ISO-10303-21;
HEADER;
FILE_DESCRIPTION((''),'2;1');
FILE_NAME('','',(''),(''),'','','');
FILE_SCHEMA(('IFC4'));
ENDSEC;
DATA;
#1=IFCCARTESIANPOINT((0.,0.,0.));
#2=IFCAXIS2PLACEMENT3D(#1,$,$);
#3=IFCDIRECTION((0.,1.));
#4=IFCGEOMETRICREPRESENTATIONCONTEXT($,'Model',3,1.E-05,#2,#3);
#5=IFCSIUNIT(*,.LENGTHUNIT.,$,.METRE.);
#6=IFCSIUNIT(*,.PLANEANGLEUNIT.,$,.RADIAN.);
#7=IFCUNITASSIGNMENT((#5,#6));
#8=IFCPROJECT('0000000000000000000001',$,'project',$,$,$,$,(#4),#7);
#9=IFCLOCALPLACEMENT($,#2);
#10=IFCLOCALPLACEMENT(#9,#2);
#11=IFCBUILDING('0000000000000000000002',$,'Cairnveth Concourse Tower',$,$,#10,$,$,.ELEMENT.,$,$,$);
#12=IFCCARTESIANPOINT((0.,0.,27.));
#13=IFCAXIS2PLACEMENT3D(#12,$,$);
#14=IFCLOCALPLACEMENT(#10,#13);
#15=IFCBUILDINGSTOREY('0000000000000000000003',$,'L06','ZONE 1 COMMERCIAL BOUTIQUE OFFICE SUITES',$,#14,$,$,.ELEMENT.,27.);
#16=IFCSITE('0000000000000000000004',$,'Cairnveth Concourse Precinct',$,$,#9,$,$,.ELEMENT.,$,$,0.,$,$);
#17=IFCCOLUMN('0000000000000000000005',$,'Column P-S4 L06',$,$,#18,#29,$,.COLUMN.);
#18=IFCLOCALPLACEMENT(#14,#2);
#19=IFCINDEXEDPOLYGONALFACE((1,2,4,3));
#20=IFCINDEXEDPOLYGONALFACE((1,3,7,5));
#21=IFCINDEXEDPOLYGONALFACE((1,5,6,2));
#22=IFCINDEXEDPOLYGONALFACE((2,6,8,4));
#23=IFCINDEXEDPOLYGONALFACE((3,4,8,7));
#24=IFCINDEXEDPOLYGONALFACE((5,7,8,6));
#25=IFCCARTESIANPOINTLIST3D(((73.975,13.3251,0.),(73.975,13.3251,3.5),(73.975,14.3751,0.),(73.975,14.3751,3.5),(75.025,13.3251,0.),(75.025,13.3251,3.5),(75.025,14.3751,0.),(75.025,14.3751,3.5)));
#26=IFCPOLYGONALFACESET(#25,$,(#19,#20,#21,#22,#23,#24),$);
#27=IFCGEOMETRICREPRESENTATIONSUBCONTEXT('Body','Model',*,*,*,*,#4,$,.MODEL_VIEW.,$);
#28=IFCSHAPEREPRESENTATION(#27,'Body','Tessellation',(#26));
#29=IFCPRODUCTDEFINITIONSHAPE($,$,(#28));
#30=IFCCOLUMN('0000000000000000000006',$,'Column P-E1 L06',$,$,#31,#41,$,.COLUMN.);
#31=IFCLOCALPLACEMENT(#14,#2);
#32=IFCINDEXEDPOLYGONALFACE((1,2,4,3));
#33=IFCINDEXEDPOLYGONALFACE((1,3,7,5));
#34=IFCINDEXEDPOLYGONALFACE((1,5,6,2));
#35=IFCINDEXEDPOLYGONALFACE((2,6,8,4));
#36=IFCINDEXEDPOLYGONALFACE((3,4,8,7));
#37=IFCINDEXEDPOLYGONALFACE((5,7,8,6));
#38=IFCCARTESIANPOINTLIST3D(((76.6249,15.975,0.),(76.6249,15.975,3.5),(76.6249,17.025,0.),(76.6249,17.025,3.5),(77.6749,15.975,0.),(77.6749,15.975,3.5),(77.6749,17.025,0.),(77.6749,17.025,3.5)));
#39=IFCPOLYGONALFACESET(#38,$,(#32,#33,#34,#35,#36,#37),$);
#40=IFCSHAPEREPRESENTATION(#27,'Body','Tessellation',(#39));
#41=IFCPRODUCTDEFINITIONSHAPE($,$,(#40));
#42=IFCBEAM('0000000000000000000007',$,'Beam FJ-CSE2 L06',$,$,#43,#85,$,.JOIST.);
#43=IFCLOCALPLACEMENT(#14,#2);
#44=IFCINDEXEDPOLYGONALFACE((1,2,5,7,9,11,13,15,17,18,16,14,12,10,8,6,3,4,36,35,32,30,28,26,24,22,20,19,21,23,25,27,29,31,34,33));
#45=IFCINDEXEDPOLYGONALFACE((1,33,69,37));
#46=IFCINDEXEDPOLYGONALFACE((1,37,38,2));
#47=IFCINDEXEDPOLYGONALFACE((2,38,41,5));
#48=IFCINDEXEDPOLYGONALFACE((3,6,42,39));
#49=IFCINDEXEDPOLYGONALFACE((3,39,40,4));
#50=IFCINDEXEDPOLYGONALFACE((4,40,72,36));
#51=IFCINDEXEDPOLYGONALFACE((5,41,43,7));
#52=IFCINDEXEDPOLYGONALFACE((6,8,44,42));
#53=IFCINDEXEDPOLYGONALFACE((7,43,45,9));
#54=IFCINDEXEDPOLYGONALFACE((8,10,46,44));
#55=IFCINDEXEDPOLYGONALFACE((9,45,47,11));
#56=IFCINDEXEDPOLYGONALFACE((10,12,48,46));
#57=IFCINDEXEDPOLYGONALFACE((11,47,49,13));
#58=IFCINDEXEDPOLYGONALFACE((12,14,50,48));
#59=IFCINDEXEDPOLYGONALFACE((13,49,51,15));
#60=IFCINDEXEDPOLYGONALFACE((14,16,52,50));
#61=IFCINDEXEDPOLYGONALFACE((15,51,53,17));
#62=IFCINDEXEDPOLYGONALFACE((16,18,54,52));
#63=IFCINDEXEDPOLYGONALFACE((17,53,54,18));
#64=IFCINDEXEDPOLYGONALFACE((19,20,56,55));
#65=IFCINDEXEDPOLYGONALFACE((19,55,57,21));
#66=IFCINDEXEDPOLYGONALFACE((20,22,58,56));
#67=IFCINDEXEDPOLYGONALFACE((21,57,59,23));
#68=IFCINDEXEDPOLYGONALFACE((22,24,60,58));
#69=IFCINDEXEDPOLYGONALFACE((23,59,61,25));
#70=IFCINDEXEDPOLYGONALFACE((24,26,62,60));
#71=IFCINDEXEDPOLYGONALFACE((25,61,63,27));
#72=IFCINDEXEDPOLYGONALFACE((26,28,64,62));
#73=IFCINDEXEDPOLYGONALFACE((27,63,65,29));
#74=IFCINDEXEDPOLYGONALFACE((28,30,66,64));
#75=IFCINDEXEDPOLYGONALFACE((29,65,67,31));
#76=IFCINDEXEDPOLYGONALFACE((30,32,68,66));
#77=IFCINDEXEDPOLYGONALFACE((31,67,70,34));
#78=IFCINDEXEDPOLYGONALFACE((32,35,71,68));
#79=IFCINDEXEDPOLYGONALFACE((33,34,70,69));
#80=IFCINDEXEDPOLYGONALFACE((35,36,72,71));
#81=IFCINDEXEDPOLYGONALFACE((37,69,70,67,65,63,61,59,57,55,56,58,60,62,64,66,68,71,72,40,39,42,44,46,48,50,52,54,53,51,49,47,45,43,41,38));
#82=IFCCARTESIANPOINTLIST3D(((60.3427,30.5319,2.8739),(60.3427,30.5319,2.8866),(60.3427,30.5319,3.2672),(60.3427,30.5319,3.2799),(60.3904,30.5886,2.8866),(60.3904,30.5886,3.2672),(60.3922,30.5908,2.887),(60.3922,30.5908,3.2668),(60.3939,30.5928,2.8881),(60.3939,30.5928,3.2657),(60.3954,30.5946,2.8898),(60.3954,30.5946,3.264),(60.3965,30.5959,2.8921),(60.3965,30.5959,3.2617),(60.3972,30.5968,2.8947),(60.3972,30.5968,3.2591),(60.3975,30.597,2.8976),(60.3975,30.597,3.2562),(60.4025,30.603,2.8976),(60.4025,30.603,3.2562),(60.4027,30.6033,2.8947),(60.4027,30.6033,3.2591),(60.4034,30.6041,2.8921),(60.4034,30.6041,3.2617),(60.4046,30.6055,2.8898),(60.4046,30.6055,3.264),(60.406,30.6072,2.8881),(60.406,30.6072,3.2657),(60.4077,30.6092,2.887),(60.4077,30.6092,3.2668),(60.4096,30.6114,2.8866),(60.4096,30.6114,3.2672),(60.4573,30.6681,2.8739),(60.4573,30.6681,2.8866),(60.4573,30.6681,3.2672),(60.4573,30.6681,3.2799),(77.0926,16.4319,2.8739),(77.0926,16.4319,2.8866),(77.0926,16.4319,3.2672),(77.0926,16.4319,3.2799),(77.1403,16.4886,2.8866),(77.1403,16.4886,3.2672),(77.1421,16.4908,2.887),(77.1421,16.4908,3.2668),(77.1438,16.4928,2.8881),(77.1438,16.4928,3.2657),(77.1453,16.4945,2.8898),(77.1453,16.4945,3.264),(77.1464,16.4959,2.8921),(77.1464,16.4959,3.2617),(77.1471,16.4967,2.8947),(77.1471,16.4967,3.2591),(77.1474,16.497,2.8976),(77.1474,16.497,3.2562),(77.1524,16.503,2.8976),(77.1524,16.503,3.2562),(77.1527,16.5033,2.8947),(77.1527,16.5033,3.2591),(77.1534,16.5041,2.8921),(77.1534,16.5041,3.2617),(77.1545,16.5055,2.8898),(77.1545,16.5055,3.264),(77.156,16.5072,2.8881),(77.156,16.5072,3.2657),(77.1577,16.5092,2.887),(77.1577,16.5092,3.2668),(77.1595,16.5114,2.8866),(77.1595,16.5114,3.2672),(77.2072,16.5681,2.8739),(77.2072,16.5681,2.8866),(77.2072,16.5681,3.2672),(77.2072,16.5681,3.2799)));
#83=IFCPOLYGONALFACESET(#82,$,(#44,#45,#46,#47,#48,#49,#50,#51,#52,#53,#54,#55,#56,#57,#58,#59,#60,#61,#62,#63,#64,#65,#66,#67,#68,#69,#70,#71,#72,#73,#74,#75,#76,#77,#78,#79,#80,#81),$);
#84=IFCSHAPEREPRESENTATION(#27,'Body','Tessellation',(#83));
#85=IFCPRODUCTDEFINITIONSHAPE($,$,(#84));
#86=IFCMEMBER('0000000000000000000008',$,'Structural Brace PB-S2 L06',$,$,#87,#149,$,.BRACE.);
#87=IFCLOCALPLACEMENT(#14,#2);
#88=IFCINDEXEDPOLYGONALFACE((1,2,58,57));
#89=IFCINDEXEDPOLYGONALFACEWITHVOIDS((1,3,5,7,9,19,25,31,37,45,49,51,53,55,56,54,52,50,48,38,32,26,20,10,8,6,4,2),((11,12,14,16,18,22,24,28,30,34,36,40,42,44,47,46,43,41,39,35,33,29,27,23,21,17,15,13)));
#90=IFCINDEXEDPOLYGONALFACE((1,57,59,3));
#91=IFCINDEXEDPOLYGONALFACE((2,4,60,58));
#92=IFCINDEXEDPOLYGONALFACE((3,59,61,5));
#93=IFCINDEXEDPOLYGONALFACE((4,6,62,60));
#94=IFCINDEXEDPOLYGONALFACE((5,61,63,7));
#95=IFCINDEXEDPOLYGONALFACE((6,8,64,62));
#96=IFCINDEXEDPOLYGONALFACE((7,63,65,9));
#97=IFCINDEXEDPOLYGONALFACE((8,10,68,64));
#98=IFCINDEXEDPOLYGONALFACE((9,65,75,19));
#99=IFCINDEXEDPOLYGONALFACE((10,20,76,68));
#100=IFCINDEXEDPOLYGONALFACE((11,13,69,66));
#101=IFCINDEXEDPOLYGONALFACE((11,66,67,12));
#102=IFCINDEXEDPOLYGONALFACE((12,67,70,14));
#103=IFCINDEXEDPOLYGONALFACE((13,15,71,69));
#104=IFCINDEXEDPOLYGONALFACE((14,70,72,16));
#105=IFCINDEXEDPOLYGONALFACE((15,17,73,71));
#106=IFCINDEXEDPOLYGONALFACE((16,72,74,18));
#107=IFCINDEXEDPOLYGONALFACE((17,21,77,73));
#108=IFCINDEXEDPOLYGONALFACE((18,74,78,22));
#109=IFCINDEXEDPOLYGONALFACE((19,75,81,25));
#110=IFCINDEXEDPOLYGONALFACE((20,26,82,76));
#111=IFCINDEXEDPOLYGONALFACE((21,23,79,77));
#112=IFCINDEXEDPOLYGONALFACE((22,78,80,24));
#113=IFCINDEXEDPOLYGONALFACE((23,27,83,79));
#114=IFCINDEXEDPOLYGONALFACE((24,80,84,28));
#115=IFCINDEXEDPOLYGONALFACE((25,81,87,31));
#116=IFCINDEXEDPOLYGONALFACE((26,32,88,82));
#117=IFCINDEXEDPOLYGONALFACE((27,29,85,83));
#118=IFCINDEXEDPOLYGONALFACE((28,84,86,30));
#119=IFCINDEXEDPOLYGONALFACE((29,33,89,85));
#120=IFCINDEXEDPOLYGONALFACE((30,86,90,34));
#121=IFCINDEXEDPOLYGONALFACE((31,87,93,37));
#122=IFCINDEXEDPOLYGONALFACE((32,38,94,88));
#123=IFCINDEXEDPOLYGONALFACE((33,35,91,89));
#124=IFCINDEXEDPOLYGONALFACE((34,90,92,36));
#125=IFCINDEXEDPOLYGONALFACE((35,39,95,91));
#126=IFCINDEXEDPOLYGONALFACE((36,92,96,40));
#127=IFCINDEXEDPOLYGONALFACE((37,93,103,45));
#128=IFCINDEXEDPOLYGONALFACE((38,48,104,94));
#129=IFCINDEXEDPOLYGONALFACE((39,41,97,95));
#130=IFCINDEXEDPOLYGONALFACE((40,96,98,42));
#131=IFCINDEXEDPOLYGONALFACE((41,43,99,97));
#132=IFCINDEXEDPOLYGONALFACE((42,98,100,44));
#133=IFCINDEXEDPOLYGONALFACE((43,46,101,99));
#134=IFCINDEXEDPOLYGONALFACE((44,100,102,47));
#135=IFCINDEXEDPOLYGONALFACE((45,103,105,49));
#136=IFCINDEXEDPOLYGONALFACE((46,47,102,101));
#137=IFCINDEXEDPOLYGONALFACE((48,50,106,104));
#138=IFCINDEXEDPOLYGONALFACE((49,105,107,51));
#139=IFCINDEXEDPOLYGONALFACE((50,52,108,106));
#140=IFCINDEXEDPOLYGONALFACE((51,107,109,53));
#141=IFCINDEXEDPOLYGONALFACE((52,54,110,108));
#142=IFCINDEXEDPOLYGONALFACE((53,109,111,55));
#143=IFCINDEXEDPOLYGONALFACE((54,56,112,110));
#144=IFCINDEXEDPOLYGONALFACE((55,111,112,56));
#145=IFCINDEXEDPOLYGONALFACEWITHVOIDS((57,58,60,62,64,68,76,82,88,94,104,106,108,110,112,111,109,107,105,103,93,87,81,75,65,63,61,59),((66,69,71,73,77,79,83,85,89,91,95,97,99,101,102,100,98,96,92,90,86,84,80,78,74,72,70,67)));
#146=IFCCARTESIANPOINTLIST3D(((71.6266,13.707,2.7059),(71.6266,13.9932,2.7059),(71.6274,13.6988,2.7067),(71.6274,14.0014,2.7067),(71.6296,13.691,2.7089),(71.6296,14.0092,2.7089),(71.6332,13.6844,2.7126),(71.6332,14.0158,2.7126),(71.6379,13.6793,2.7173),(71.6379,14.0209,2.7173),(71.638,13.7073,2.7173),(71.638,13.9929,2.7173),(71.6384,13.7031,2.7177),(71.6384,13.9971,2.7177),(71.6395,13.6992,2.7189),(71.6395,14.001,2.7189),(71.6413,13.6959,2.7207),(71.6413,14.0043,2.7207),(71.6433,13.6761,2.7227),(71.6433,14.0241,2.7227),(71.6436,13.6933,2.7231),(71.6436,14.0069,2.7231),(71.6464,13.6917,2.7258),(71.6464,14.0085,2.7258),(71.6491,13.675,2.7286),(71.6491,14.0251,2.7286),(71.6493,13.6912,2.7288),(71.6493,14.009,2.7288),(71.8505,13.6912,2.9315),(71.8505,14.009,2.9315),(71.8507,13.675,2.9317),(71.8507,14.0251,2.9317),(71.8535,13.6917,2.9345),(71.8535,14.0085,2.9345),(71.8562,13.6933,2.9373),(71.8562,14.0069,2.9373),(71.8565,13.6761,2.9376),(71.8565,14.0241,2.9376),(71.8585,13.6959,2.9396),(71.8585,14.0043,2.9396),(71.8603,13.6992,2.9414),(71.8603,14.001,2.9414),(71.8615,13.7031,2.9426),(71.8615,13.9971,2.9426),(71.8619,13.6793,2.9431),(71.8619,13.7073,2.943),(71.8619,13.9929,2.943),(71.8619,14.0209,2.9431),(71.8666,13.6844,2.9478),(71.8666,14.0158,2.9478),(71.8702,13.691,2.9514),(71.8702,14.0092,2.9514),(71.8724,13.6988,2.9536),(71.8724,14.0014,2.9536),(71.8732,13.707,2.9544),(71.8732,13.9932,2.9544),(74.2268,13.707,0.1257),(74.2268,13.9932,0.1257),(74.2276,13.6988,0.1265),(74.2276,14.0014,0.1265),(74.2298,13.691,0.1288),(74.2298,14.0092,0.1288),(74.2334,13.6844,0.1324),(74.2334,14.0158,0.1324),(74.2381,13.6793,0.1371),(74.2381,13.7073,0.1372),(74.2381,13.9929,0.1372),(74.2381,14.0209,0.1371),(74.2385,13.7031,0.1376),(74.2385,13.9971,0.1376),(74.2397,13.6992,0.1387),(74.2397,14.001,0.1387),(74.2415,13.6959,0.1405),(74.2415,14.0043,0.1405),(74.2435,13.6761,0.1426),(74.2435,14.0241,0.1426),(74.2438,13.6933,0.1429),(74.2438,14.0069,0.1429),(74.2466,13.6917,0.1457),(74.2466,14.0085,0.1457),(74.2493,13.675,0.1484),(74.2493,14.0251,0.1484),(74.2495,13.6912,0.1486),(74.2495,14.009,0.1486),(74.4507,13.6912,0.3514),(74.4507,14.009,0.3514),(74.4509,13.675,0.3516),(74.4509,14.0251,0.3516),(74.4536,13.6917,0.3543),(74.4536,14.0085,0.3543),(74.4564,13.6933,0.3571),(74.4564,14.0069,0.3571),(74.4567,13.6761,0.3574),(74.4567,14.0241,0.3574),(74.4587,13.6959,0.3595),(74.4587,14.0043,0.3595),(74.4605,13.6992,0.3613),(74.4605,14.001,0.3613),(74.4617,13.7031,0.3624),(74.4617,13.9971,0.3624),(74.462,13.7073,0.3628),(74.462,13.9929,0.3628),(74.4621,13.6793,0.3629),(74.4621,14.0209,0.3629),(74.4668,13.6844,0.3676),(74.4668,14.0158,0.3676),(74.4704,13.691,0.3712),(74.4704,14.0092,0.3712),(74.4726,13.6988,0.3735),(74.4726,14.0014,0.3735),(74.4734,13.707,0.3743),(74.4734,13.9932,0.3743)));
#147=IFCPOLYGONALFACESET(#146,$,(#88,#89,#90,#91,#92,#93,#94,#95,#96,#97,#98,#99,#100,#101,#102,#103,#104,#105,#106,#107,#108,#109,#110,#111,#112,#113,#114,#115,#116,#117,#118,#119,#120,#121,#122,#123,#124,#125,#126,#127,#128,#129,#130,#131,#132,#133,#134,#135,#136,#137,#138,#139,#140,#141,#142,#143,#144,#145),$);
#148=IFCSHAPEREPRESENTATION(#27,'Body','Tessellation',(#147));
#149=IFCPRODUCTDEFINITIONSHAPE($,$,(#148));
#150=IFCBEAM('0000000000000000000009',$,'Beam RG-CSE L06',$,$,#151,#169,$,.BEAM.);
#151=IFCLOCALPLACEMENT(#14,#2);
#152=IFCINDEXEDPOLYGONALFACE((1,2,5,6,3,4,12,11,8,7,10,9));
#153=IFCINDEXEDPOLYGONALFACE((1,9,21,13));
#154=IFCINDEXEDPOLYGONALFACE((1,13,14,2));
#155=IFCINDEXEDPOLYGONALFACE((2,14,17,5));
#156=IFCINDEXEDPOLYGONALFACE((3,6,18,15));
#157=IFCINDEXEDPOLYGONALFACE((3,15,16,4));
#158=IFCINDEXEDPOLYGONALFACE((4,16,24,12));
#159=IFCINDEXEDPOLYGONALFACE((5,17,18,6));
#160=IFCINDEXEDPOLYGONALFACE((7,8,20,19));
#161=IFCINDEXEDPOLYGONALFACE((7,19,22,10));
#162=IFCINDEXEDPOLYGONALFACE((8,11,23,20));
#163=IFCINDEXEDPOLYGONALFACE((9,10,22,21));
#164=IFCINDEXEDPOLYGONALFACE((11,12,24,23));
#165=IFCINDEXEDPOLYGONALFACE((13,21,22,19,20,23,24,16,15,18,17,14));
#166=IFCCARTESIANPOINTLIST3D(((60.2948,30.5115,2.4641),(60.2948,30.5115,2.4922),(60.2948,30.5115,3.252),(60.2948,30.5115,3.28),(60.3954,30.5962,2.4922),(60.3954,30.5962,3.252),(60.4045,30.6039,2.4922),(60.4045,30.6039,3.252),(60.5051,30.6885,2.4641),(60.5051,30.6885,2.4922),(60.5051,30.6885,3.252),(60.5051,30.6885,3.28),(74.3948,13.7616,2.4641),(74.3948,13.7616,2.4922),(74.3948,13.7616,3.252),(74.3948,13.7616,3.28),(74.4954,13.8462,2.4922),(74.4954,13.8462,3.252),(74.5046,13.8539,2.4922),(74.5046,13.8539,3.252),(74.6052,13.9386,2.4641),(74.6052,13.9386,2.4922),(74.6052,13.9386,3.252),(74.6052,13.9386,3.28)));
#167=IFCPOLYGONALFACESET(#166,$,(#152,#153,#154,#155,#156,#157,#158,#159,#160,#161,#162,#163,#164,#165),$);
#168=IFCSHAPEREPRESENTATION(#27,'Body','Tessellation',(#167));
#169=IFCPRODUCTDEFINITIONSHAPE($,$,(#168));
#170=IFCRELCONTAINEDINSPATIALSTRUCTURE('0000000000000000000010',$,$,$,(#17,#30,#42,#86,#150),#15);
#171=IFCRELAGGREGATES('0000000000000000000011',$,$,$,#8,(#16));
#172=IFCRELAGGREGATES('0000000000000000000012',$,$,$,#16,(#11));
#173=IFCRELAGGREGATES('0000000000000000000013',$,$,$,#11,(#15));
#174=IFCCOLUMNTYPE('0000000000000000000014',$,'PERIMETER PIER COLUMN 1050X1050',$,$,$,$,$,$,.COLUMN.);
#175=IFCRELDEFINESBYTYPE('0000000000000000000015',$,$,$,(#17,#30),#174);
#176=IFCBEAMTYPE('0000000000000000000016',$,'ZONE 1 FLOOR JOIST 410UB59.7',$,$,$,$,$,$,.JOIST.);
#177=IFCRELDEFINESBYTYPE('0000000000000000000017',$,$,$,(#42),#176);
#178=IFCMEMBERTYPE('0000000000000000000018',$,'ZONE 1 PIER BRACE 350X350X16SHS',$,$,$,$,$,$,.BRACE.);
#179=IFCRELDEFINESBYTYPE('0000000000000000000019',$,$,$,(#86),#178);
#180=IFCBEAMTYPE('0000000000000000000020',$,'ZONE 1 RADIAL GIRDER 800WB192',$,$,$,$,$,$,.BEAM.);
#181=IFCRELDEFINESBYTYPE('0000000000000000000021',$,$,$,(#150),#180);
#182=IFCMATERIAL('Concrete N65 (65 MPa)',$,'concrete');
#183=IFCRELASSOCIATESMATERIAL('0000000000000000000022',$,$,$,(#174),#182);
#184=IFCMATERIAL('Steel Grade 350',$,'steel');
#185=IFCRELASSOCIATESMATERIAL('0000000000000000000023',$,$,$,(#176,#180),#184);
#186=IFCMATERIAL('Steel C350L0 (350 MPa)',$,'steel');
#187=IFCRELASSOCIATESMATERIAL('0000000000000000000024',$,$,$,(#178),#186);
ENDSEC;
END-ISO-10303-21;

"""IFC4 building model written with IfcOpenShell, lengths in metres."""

from ifc_helpers import new_model, si_unit, direction, frame, origin, origin_2d, place, context, subcontext, project, spatial, rectangle, hollow_rectangle, i_section, extrude, material, material_profile, profile_set, type_object, element, save


model = new_model("IFC4")

# Units and contexts
model_context = context("Model", 3, precision=1e-05, world=origin(), true_north=direction((0.0, 1.0)))
body_context = subcontext(model_context, "Body", "Model", "MODEL_VIEW")
ifc_project = project(units=[si_unit("LENGTHUNIT", "METRE"), si_unit("PLANEANGLEUNIT", "RADIAN")], contexts=[model_context])

# Site, building, storey
site_placement = place(None, origin())
site = spatial("IfcSite", under=ifc_project, at=site_placement, Name="Cairnveth Concourse Precinct", CompositionType="ELEMENT", RefElevation=0.0)
building_placement = place(site_placement, origin())
building = spatial("IfcBuilding", under=site, at=building_placement, Name="Cairnveth Concourse Tower", CompositionType="ELEMENT")
storey_placement = place(building_placement, frame((0.0, 0.0, 27.0)))
storey = spatial("IfcBuildingStorey", under=building, at=storey_placement, Name="L06", Description="ZONE 1 COMMERCIAL BOUTIQUE OFFICE SUITES", CompositionType="ELEMENT", Elevation=27.0)

# Columns
ifc_material_1 = material(Name="Concrete N65 (65 MPa)", Category="concrete")
ifc_material_profile_1 = material_profile(ifc_material_1, rectangle(XDim=1.05, YDim=1.05, at=origin_2d()), Name="RC-COL-1050x1050")
ifc_profile_set_1 = profile_set([ifc_material_profile_1], Name="Concrete N65 (65 MPa)")
column_type = type_object("IfcColumnType", Name="PERIMETER PIER COLUMN 1050X1050", PredefinedType="COLUMN", material=ifc_profile_set_1)
for number, where, z_axis, x_axis, name in (
    (1, (74.5, 13.8501, 0.0), (0.0, 0.0, 1.0), (1.0, 0.0, 0.0), "Column P-S4 L06"),
    (2, (77.1499, 16.5, 0.0), (0.0, 0.0, 1.0), (0.0, 1.0, 0.0), "Column P-E1 L06"),
):
    element("IfcColumn", number, at=place(storey_placement, frame(where, z_axis=z_axis, x_axis=x_axis)), inside=storey, type_object=column_type, Name=name, PredefinedType="COLUMN", context=body_context, shape_type="SweptSolid", body=[
        extrude(rectangle(XDim=1.05, YDim=1.05, at=origin_2d()), origin(), (0.0, 0.0, 1.0), 3.5),
    ])

# Beam
ifc_material_2 = material(Name="Steel Grade 350", Category="steel")
ifc_material_profile_2 = material_profile(ifc_material_2, i_section(OverallWidth=0.178, OverallDepth=0.406, WebThickness=0.0078, FlangeThickness=0.0127, FilletRadius=0.011, at=origin_2d()), Name="410UB59.7")
ifc_profile_set_2 = profile_set([ifc_material_profile_2], Name="Steel Grade 350")
beam_type_1 = type_object("IfcBeamType", Name="ZONE 1 FLOOR JOIST 410UB59.7", PredefinedType="JOIST", material=ifc_profile_set_2)
beam_1_placement = place(storey_placement, frame((77.1499, 16.5, 3.0769), z_axis=(-0.765027, 0.643998, 0.0), x_axis=(-0.643998, -0.765027, 0.0)))
element("IfcBeam", 3, at=beam_1_placement, inside=storey, type_object=beam_type_1, Name="Beam FJ-CSE2 L06", PredefinedType="JOIST", context=body_context, shape_type="SweptSolid", body=[
    extrude(i_section(OverallWidth=0.178, OverallDepth=0.406, WebThickness=0.0078, FlangeThickness=0.0127, FilletRadius=0.011, at=origin_2d()), origin(), (0.0, 0.0, 1.0), 21.8945),
])

# Member
ifc_material_3 = material(Name="Steel C350L0 (350 MPa)", Category="steel")
ifc_material_profile_3 = material_profile(ifc_material_3, hollow_rectangle(XDim=0.3501, YDim=0.3501, WallThickness=0.0161, InnerFilletRadius=0.0161, OuterFilletRadius=0.032, at=origin_2d()), Name="350x350x16.0SHS")
ifc_profile_set_3 = profile_set([ifc_material_profile_3], Name="Steel C350L0 (350 MPa)")
member_type = type_object("IfcMemberType", Name="ZONE 1 PIER BRACE 350X350X16SHS", PredefinedType="BRACE", material=ifc_profile_set_3)
member_placement = place(storey_placement, frame((74.3501, 13.8501, 0.25), z_axis=(-0.709834, 0.0, 0.704369), x_axis=(0.0, -1.0, 0.0)))
element("IfcMember", 4, at=member_placement, inside=storey, type_object=member_type, Name="Structural Brace PB-S2 L06", PredefinedType="BRACE", context=body_context, shape_type="SweptSolid", body=[
    extrude(hollow_rectangle(XDim=0.3501, YDim=0.3501, WallThickness=0.0161, InnerFilletRadius=0.0161, OuterFilletRadius=0.032, at=origin_2d()), origin(), (0.0, 0.0, 1.0), 3.6631),
])

# Beam
ifc_material_profile_4 = material_profile(ifc_material_2, i_section(OverallWidth=0.2749, OverallDepth=0.8159, WebThickness=0.012, FlangeThickness=0.0281, at=origin_2d()), Name="800WB192")
ifc_profile_set_4 = profile_set([ifc_material_profile_4], Name="Steel Grade 350")
beam_type_2 = type_object("IfcBeamType", Name="ZONE 1 RADIAL GIRDER 800WB192", PredefinedType="BEAM", material=ifc_profile_set_4)
beam_2_placement = place(storey_placement, frame((74.5, 13.8501, 2.8721), z_axis=(-0.643998, 0.765027, 0.0), x_axis=(-0.765027, -0.643998, 0.0)))
element("IfcBeam", 5, at=beam_2_placement, inside=storey, type_object=beam_type_2, Name="Beam RG-CSE L06", PredefinedType="BEAM", context=body_context, shape_type="SweptSolid", body=[
    extrude(i_section(OverallWidth=0.2749, OverallDepth=0.8159, WebThickness=0.012, FlangeThickness=0.0281, at=origin_2d()), origin(), (0.0, 0.0, 1.0), 21.8945),
])

save(model, "model.ifc")
